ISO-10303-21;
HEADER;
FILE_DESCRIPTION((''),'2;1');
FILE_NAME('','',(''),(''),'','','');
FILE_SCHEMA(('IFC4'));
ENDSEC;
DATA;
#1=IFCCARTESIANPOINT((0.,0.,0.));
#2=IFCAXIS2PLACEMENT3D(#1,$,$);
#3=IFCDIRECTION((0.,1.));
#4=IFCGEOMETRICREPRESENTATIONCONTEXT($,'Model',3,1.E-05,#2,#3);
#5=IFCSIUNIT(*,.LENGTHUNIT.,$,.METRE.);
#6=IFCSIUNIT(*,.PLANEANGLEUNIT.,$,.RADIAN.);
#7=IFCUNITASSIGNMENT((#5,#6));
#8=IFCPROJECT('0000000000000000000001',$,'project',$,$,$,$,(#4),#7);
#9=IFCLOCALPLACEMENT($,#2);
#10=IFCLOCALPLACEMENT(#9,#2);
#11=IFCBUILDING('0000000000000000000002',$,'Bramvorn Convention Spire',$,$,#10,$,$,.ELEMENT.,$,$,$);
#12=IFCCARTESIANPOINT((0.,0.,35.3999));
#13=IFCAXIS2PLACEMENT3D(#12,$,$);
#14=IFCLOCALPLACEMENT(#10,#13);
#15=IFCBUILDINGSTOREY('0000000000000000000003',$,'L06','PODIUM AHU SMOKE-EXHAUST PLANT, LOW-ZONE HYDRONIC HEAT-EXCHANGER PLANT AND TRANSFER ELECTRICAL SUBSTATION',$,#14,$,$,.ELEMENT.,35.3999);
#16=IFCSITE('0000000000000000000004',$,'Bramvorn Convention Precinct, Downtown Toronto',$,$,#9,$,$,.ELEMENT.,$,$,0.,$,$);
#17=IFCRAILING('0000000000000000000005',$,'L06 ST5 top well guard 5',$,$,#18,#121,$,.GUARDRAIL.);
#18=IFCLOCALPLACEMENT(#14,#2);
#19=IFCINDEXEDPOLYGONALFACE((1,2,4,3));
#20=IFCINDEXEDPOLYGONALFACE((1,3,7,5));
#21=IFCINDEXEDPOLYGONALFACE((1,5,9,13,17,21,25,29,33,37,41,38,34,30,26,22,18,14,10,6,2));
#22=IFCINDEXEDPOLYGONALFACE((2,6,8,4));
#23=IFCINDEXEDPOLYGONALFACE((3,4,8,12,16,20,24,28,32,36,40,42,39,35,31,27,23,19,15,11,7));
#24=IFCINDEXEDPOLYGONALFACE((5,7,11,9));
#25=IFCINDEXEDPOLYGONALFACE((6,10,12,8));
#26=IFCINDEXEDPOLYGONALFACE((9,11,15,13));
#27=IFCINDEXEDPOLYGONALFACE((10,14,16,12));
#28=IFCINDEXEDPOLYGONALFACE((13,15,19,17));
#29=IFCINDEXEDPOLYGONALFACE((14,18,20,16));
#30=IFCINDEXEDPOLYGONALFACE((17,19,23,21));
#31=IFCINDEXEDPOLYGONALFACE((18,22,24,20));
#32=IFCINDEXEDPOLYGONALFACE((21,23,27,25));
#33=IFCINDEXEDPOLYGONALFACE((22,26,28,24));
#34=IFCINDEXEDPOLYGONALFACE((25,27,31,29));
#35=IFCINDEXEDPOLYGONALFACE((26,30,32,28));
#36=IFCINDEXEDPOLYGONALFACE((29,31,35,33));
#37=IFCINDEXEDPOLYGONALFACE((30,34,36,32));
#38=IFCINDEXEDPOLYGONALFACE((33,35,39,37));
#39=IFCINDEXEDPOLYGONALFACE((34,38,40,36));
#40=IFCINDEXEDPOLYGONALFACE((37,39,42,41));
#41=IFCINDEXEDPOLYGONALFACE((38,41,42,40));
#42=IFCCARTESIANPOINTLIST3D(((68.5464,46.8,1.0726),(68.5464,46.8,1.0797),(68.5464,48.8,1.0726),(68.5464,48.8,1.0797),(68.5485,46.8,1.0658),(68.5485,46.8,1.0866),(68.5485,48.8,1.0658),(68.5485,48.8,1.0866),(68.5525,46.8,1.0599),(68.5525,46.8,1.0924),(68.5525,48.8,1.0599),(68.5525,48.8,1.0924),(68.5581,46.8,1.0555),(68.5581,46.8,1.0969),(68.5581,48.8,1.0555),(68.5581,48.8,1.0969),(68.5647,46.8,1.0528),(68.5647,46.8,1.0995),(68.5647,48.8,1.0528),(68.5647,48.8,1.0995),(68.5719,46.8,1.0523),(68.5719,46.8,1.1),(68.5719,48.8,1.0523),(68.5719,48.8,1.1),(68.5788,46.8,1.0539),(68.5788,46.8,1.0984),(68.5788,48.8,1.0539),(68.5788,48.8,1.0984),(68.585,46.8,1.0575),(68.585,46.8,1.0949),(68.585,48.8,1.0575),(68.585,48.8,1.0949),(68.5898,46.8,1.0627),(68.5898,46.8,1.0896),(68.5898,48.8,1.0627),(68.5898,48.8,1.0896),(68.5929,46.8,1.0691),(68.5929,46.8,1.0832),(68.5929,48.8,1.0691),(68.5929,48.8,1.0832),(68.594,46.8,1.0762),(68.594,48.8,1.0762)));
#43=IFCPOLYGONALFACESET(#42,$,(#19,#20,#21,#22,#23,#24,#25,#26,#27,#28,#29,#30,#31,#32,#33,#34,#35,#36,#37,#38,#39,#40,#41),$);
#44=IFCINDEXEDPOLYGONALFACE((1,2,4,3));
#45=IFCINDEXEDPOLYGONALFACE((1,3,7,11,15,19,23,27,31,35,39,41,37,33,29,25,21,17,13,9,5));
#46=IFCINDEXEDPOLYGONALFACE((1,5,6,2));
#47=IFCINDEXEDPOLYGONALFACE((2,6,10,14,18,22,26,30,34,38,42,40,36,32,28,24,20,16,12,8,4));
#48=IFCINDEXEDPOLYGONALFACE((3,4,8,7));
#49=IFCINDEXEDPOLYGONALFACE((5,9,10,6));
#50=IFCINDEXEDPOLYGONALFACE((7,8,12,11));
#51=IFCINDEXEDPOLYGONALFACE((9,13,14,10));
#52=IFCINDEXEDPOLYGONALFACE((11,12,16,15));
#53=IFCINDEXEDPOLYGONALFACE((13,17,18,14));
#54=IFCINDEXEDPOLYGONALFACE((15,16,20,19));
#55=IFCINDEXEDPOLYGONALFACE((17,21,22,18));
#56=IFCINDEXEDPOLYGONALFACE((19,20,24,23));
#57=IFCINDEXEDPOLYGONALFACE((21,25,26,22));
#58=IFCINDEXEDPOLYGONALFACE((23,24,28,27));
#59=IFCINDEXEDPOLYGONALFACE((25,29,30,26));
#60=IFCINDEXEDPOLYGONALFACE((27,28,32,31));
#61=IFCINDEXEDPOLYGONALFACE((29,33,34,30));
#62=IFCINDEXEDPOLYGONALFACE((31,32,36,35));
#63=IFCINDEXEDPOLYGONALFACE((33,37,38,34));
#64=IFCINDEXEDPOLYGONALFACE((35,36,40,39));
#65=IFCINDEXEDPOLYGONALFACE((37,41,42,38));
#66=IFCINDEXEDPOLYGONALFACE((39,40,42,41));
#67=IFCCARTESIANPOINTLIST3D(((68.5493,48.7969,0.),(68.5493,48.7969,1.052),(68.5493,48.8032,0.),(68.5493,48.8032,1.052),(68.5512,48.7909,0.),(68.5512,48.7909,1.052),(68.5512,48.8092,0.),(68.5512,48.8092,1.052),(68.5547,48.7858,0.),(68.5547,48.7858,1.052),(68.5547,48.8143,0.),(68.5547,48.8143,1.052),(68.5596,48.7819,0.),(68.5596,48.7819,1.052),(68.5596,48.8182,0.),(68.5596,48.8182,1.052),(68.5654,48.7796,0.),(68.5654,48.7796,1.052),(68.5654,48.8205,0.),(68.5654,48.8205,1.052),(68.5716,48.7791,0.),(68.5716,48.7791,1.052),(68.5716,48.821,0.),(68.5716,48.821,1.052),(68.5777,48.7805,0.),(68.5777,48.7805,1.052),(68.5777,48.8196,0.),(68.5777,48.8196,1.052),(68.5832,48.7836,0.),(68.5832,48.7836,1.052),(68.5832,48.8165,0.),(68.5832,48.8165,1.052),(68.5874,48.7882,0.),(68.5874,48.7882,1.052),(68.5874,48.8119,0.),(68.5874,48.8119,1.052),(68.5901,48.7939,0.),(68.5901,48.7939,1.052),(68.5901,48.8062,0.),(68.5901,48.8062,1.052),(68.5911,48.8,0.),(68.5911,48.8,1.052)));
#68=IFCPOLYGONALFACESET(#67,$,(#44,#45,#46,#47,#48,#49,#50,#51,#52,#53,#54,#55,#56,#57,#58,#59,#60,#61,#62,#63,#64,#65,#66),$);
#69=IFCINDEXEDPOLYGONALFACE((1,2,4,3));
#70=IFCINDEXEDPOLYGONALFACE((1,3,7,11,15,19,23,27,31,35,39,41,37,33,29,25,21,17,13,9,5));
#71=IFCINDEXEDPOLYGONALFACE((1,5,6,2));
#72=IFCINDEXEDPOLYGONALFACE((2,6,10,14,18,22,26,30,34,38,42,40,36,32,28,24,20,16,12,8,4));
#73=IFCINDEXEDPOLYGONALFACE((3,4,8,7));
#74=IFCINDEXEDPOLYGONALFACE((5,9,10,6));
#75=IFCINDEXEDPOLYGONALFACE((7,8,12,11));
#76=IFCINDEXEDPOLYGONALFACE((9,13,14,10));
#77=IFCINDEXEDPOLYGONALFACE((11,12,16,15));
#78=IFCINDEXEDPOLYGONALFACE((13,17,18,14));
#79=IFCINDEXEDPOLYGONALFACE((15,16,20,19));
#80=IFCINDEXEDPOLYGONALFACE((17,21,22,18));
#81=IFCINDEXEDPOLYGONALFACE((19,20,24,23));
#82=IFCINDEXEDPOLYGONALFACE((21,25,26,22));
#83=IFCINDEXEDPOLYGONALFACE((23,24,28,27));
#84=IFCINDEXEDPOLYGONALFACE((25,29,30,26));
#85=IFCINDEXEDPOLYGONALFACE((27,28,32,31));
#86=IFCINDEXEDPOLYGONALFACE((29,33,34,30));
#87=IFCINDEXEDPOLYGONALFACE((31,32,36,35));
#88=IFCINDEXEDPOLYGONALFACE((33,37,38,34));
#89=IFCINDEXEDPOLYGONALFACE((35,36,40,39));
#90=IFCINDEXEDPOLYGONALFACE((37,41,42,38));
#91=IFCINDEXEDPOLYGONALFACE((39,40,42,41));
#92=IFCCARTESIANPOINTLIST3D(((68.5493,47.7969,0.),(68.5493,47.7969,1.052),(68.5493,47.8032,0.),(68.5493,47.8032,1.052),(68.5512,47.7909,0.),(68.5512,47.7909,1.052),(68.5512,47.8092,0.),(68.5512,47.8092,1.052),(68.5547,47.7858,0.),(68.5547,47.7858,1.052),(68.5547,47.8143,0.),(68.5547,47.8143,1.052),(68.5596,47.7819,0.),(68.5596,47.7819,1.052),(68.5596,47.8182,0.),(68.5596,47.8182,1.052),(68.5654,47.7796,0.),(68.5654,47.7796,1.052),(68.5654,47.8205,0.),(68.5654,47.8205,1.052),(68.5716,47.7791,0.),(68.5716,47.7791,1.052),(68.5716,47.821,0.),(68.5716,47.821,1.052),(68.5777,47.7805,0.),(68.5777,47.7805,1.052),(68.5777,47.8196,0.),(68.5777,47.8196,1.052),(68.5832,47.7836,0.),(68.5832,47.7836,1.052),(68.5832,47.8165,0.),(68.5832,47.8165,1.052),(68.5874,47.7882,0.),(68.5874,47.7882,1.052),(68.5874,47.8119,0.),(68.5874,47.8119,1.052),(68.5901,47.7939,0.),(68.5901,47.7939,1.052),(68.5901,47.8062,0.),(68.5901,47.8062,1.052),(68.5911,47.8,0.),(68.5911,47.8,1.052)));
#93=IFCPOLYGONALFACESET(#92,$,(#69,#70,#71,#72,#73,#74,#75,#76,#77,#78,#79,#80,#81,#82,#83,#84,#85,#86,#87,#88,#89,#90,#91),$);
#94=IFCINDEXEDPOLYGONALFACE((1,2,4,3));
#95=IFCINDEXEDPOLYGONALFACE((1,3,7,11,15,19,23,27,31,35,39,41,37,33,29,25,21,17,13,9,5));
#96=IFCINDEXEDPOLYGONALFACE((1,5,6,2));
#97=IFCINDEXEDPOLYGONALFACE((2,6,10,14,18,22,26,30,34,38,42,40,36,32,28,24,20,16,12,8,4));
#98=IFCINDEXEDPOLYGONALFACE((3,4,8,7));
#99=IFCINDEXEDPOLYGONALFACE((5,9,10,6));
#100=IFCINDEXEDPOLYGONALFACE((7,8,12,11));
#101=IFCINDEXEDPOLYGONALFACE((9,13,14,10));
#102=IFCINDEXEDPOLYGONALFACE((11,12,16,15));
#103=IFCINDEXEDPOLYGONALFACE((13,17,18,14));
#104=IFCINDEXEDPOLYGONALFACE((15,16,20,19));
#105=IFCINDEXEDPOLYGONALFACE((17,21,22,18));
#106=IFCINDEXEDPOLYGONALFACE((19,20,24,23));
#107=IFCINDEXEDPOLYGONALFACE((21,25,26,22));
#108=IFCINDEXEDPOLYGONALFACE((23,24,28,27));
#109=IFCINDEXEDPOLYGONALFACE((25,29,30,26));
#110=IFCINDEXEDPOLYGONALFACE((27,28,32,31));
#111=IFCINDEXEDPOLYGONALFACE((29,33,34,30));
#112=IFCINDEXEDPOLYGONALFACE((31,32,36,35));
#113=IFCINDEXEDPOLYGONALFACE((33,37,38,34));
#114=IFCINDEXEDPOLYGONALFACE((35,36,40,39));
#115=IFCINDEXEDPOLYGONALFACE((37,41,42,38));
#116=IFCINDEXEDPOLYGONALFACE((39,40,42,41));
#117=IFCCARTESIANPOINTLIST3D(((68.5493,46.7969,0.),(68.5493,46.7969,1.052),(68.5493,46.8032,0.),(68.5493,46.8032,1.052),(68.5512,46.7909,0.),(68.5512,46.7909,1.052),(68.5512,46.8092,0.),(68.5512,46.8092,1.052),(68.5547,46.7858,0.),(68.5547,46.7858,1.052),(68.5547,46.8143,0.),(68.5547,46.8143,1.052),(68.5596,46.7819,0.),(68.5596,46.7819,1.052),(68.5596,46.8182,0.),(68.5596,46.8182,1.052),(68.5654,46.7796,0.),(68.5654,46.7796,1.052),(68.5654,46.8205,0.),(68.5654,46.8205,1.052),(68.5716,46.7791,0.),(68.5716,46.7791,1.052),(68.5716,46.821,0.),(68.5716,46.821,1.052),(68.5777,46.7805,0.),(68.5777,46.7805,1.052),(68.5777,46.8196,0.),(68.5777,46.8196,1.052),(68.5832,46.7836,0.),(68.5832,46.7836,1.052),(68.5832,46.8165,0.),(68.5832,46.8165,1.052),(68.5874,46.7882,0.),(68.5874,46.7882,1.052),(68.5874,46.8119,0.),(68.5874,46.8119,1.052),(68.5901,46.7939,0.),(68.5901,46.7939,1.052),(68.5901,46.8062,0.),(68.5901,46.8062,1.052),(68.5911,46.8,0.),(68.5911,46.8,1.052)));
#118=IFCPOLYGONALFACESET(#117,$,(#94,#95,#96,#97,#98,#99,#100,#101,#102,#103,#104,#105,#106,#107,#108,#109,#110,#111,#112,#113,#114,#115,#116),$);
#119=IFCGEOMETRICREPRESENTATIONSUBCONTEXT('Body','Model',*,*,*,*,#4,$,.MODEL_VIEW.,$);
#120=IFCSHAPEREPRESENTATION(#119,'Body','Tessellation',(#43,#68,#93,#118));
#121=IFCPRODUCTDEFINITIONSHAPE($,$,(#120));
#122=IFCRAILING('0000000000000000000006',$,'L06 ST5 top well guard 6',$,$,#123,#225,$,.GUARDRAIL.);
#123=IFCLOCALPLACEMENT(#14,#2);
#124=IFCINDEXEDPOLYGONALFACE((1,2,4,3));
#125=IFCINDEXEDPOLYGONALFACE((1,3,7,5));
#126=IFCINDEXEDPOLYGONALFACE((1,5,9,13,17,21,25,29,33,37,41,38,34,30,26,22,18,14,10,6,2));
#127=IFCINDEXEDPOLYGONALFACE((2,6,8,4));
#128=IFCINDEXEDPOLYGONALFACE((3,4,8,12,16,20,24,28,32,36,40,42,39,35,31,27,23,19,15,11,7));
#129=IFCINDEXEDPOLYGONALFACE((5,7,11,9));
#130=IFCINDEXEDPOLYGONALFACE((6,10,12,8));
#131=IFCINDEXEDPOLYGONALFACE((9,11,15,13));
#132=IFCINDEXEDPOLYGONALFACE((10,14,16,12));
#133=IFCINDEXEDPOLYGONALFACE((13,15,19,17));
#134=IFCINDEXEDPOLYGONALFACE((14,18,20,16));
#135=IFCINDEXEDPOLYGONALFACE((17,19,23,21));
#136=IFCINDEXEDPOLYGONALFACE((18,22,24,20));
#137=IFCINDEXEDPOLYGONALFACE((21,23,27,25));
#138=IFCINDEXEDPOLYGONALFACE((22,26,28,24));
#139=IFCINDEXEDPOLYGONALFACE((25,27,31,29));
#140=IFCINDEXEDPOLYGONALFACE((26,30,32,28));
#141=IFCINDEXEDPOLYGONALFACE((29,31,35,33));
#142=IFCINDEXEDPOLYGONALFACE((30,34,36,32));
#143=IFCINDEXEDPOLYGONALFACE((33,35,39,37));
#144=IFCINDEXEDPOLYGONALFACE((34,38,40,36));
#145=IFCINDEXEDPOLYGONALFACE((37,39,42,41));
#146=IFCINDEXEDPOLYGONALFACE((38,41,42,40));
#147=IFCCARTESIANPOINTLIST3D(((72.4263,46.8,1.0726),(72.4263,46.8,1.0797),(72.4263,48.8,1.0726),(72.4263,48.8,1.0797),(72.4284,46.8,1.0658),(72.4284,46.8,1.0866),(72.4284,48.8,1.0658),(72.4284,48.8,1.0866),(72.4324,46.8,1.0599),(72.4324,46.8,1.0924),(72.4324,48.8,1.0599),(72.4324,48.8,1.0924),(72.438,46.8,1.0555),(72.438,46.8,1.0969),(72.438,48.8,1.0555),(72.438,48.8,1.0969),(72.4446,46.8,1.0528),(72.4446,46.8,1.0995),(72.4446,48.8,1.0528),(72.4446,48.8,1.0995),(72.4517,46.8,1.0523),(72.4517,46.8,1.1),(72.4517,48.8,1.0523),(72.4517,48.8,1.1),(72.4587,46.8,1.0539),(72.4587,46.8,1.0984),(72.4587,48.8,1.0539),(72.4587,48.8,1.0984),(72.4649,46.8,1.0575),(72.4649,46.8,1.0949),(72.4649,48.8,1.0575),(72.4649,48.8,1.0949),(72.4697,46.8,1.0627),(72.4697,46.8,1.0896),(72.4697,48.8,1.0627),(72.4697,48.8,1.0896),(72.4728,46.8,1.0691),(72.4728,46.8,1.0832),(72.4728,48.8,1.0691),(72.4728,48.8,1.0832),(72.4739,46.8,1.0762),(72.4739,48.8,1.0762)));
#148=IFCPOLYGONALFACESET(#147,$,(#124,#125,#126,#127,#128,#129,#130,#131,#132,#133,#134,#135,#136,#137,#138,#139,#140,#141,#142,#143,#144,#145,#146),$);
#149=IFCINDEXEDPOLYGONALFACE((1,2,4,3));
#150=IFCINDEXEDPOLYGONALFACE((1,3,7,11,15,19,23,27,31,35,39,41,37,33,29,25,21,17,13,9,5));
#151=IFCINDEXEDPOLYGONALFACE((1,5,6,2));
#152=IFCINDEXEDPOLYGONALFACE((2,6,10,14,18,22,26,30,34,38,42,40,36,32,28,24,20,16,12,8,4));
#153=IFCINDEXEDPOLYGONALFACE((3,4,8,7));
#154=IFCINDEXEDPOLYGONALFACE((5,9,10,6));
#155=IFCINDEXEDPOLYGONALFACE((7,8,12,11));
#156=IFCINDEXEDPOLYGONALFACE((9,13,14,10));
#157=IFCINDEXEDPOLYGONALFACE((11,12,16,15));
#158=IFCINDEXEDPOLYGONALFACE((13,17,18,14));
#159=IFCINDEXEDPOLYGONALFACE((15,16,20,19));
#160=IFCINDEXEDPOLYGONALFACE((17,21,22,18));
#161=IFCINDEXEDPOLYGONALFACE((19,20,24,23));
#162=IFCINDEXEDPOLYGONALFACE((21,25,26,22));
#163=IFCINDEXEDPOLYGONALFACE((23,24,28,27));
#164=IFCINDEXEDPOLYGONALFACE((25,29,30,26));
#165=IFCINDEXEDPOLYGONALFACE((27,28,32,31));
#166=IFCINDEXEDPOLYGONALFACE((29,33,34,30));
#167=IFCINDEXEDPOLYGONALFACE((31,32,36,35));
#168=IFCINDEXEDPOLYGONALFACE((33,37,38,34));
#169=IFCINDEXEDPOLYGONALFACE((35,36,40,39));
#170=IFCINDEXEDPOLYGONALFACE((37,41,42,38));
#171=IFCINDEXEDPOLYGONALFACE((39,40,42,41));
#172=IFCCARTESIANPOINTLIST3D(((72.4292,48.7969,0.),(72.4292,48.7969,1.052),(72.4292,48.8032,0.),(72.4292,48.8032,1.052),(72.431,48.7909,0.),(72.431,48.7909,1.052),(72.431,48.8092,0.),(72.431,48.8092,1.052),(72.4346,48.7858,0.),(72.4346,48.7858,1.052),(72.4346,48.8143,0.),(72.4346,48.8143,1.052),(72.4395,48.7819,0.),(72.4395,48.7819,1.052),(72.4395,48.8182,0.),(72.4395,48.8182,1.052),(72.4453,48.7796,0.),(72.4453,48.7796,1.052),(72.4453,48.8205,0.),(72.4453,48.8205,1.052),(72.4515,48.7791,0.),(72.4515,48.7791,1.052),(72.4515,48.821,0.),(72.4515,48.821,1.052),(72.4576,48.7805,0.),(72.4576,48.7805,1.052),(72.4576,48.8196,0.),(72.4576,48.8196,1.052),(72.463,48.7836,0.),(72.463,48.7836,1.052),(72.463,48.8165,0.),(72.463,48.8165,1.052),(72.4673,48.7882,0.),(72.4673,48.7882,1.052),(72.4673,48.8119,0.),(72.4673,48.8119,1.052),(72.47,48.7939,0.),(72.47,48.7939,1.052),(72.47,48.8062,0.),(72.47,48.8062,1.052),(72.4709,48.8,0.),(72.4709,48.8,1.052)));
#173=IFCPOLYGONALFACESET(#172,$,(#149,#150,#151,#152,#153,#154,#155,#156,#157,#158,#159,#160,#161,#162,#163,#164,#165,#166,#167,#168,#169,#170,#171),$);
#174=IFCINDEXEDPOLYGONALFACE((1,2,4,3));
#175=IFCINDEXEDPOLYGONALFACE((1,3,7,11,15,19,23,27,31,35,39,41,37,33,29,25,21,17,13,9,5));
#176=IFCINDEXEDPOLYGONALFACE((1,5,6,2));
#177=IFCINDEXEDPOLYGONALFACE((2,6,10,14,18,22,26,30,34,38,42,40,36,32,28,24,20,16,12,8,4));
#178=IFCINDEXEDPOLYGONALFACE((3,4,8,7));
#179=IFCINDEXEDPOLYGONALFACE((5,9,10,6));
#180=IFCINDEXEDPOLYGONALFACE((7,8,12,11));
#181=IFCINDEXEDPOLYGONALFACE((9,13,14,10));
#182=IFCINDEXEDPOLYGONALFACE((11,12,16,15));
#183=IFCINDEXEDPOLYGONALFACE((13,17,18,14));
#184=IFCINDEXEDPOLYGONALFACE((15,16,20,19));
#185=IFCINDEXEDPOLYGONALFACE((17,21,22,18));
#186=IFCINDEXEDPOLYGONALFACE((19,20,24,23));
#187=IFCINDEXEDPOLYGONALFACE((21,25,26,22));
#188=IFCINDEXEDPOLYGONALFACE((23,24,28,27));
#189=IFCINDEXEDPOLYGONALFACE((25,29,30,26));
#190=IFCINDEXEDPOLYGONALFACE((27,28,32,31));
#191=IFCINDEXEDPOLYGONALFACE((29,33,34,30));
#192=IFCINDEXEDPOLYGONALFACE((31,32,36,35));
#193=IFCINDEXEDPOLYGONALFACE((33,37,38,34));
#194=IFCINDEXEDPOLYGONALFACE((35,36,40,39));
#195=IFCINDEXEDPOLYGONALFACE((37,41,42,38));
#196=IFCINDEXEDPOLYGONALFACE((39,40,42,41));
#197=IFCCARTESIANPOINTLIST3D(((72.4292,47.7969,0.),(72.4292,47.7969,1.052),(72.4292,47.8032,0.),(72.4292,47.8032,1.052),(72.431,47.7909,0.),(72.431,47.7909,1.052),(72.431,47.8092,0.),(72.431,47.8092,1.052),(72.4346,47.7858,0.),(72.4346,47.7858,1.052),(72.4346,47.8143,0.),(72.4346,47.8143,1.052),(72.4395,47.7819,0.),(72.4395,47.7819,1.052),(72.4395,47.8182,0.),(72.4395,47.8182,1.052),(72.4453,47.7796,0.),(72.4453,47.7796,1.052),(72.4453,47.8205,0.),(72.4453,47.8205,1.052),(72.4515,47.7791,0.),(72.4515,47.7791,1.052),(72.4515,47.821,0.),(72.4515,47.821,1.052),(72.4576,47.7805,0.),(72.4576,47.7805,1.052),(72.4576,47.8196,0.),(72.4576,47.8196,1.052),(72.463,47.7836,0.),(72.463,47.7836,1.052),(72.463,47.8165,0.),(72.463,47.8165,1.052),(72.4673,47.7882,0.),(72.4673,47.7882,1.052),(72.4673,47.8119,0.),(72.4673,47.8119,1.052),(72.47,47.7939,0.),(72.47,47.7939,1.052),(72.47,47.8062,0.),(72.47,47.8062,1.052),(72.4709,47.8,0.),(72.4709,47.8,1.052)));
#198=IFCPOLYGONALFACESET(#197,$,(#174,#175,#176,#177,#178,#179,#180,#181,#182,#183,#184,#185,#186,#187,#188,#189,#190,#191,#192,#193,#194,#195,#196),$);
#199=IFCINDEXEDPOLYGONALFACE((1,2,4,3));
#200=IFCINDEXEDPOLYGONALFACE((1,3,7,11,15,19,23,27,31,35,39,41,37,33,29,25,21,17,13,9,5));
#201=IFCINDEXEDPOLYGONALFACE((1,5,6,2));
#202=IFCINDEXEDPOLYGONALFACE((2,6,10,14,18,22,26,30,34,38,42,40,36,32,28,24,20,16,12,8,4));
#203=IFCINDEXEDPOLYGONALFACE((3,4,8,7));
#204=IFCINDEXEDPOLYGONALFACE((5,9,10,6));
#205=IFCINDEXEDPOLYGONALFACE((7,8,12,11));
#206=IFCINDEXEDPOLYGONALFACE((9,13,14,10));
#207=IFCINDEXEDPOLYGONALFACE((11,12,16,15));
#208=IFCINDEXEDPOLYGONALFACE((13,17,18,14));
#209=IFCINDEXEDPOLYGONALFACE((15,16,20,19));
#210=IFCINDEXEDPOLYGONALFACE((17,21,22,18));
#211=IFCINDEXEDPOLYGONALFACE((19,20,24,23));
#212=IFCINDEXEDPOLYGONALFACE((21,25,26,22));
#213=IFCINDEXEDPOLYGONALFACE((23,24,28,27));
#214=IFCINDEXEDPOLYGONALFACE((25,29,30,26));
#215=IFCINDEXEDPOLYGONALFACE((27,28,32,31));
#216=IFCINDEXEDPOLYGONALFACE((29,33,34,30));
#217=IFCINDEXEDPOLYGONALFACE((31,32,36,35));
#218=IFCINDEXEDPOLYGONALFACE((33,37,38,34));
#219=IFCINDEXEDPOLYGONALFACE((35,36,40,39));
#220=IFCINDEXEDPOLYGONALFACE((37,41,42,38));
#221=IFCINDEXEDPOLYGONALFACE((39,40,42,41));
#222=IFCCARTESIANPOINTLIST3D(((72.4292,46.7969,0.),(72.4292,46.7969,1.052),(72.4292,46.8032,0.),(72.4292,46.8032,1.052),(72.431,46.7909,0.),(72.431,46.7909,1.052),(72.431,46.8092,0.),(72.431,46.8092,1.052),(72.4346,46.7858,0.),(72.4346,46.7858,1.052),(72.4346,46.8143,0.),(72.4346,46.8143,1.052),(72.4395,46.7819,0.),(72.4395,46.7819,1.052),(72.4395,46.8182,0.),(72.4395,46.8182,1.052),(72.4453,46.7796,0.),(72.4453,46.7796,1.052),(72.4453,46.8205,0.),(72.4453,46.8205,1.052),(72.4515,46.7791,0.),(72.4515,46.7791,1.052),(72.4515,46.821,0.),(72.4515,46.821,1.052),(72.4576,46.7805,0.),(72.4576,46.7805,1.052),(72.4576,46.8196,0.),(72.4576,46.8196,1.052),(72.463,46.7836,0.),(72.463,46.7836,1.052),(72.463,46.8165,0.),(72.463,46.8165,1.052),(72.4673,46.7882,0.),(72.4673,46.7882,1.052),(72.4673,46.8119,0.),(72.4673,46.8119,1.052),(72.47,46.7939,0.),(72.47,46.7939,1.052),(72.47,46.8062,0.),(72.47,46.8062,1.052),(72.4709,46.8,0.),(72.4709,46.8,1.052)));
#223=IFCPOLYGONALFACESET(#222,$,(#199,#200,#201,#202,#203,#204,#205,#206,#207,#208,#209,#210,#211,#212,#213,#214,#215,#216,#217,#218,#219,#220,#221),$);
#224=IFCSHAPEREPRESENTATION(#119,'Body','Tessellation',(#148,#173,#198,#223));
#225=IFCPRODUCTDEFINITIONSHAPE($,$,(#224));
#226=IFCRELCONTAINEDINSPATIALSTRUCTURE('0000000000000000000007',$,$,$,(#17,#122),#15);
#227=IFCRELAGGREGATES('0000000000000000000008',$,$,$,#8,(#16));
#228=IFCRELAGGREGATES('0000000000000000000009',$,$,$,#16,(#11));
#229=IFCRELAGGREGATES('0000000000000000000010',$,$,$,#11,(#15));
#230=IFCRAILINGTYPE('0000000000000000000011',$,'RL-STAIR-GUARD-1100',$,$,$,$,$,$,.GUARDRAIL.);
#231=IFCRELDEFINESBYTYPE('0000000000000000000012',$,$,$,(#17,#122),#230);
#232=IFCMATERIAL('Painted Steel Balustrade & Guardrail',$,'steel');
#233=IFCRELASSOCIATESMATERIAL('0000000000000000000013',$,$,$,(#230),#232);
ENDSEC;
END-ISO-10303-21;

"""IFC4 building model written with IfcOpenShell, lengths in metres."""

from ifc_helpers import new_model, si_unit, direction, frame, origin, origin_2d, place, context, subcontext, project, spatial, circle, extrude, material, type_object, element, save


model = new_model("IFC4")

# Units and contexts
model_context = context("Model", 3, precision=1e-05, world=origin(), true_north=direction((0.0, 1.0)))
body_context = subcontext(model_context, "Body", "Model", "MODEL_VIEW")
ifc_project = project(units=[si_unit("LENGTHUNIT", "METRE"), si_unit("PLANEANGLEUNIT", "RADIAN")], contexts=[model_context])

# Site, building, storey
site_placement = place(None, origin())
site = spatial("IfcSite", under=ifc_project, at=site_placement, Name="Bramvorn Convention Precinct, Downtown Toronto", CompositionType="ELEMENT", RefElevation=0.0)
building_placement = place(site_placement, origin())
building = spatial("IfcBuilding", under=site, at=building_placement, Name="Bramvorn Convention Spire", CompositionType="ELEMENT")
storey_placement = place(building_placement, frame((0.0, 0.0, 35.3999)))
storey = spatial("IfcBuildingStorey", under=building, at=storey_placement, Name="L06", Description="PODIUM AHU SMOKE-EXHAUST PLANT, LOW-ZONE HYDRONIC HEAT-EXCHANGER PLANT AND TRANSFER ELECTRICAL SUBSTATION", CompositionType="ELEMENT", Elevation=35.3999)

# Railings
ifc_material_1 = material(Name="Painted Steel Balustrade & Guardrail", Category="steel")
railing_type_1 = type_object("IfcRailingType", Name="RL-STAIR-GUARD-1100", PredefinedType="GUARDRAIL", material=ifc_material_1)
for number, where, name in (
    (1, (68.5701, 48.8, 0.0), "L06 ST5 top well guard 5"),
    (2, (72.45, 48.8, 0.0), "L06 ST5 top well guard 6"),
):
    element("IfcRailing", number, at=place(storey_placement, frame(where)), inside=storey, type_object=railing_type_1, Name=name, PredefinedType="GUARDRAIL", context=body_context, shape_type="SweptSolid", body=[
        extrude(circle(Radius=0.0239, at=origin_2d()), frame((0.0, 0.0, 1.0762), z_axis=(0.0, -1.0, 0.0), x_axis=(1.0, 0.0, 0.0)), (0.0, 0.0, 1.0), 2.0),
        extrude(circle(Radius=0.021, at=origin_2d()), origin(), (0.0, 0.0, 1.0), 1.052),
        extrude(circle(Radius=0.021, at=origin_2d()), frame((0.0, -1.0, 0.0)), (0.0, 0.0, 1.0), 1.052),
        extrude(circle(Radius=0.021, at=origin_2d()), frame((0.0, -2.0, 0.0)), (0.0, 0.0, 1.0), 1.052),
    ])

save(model, "model.ifc")
